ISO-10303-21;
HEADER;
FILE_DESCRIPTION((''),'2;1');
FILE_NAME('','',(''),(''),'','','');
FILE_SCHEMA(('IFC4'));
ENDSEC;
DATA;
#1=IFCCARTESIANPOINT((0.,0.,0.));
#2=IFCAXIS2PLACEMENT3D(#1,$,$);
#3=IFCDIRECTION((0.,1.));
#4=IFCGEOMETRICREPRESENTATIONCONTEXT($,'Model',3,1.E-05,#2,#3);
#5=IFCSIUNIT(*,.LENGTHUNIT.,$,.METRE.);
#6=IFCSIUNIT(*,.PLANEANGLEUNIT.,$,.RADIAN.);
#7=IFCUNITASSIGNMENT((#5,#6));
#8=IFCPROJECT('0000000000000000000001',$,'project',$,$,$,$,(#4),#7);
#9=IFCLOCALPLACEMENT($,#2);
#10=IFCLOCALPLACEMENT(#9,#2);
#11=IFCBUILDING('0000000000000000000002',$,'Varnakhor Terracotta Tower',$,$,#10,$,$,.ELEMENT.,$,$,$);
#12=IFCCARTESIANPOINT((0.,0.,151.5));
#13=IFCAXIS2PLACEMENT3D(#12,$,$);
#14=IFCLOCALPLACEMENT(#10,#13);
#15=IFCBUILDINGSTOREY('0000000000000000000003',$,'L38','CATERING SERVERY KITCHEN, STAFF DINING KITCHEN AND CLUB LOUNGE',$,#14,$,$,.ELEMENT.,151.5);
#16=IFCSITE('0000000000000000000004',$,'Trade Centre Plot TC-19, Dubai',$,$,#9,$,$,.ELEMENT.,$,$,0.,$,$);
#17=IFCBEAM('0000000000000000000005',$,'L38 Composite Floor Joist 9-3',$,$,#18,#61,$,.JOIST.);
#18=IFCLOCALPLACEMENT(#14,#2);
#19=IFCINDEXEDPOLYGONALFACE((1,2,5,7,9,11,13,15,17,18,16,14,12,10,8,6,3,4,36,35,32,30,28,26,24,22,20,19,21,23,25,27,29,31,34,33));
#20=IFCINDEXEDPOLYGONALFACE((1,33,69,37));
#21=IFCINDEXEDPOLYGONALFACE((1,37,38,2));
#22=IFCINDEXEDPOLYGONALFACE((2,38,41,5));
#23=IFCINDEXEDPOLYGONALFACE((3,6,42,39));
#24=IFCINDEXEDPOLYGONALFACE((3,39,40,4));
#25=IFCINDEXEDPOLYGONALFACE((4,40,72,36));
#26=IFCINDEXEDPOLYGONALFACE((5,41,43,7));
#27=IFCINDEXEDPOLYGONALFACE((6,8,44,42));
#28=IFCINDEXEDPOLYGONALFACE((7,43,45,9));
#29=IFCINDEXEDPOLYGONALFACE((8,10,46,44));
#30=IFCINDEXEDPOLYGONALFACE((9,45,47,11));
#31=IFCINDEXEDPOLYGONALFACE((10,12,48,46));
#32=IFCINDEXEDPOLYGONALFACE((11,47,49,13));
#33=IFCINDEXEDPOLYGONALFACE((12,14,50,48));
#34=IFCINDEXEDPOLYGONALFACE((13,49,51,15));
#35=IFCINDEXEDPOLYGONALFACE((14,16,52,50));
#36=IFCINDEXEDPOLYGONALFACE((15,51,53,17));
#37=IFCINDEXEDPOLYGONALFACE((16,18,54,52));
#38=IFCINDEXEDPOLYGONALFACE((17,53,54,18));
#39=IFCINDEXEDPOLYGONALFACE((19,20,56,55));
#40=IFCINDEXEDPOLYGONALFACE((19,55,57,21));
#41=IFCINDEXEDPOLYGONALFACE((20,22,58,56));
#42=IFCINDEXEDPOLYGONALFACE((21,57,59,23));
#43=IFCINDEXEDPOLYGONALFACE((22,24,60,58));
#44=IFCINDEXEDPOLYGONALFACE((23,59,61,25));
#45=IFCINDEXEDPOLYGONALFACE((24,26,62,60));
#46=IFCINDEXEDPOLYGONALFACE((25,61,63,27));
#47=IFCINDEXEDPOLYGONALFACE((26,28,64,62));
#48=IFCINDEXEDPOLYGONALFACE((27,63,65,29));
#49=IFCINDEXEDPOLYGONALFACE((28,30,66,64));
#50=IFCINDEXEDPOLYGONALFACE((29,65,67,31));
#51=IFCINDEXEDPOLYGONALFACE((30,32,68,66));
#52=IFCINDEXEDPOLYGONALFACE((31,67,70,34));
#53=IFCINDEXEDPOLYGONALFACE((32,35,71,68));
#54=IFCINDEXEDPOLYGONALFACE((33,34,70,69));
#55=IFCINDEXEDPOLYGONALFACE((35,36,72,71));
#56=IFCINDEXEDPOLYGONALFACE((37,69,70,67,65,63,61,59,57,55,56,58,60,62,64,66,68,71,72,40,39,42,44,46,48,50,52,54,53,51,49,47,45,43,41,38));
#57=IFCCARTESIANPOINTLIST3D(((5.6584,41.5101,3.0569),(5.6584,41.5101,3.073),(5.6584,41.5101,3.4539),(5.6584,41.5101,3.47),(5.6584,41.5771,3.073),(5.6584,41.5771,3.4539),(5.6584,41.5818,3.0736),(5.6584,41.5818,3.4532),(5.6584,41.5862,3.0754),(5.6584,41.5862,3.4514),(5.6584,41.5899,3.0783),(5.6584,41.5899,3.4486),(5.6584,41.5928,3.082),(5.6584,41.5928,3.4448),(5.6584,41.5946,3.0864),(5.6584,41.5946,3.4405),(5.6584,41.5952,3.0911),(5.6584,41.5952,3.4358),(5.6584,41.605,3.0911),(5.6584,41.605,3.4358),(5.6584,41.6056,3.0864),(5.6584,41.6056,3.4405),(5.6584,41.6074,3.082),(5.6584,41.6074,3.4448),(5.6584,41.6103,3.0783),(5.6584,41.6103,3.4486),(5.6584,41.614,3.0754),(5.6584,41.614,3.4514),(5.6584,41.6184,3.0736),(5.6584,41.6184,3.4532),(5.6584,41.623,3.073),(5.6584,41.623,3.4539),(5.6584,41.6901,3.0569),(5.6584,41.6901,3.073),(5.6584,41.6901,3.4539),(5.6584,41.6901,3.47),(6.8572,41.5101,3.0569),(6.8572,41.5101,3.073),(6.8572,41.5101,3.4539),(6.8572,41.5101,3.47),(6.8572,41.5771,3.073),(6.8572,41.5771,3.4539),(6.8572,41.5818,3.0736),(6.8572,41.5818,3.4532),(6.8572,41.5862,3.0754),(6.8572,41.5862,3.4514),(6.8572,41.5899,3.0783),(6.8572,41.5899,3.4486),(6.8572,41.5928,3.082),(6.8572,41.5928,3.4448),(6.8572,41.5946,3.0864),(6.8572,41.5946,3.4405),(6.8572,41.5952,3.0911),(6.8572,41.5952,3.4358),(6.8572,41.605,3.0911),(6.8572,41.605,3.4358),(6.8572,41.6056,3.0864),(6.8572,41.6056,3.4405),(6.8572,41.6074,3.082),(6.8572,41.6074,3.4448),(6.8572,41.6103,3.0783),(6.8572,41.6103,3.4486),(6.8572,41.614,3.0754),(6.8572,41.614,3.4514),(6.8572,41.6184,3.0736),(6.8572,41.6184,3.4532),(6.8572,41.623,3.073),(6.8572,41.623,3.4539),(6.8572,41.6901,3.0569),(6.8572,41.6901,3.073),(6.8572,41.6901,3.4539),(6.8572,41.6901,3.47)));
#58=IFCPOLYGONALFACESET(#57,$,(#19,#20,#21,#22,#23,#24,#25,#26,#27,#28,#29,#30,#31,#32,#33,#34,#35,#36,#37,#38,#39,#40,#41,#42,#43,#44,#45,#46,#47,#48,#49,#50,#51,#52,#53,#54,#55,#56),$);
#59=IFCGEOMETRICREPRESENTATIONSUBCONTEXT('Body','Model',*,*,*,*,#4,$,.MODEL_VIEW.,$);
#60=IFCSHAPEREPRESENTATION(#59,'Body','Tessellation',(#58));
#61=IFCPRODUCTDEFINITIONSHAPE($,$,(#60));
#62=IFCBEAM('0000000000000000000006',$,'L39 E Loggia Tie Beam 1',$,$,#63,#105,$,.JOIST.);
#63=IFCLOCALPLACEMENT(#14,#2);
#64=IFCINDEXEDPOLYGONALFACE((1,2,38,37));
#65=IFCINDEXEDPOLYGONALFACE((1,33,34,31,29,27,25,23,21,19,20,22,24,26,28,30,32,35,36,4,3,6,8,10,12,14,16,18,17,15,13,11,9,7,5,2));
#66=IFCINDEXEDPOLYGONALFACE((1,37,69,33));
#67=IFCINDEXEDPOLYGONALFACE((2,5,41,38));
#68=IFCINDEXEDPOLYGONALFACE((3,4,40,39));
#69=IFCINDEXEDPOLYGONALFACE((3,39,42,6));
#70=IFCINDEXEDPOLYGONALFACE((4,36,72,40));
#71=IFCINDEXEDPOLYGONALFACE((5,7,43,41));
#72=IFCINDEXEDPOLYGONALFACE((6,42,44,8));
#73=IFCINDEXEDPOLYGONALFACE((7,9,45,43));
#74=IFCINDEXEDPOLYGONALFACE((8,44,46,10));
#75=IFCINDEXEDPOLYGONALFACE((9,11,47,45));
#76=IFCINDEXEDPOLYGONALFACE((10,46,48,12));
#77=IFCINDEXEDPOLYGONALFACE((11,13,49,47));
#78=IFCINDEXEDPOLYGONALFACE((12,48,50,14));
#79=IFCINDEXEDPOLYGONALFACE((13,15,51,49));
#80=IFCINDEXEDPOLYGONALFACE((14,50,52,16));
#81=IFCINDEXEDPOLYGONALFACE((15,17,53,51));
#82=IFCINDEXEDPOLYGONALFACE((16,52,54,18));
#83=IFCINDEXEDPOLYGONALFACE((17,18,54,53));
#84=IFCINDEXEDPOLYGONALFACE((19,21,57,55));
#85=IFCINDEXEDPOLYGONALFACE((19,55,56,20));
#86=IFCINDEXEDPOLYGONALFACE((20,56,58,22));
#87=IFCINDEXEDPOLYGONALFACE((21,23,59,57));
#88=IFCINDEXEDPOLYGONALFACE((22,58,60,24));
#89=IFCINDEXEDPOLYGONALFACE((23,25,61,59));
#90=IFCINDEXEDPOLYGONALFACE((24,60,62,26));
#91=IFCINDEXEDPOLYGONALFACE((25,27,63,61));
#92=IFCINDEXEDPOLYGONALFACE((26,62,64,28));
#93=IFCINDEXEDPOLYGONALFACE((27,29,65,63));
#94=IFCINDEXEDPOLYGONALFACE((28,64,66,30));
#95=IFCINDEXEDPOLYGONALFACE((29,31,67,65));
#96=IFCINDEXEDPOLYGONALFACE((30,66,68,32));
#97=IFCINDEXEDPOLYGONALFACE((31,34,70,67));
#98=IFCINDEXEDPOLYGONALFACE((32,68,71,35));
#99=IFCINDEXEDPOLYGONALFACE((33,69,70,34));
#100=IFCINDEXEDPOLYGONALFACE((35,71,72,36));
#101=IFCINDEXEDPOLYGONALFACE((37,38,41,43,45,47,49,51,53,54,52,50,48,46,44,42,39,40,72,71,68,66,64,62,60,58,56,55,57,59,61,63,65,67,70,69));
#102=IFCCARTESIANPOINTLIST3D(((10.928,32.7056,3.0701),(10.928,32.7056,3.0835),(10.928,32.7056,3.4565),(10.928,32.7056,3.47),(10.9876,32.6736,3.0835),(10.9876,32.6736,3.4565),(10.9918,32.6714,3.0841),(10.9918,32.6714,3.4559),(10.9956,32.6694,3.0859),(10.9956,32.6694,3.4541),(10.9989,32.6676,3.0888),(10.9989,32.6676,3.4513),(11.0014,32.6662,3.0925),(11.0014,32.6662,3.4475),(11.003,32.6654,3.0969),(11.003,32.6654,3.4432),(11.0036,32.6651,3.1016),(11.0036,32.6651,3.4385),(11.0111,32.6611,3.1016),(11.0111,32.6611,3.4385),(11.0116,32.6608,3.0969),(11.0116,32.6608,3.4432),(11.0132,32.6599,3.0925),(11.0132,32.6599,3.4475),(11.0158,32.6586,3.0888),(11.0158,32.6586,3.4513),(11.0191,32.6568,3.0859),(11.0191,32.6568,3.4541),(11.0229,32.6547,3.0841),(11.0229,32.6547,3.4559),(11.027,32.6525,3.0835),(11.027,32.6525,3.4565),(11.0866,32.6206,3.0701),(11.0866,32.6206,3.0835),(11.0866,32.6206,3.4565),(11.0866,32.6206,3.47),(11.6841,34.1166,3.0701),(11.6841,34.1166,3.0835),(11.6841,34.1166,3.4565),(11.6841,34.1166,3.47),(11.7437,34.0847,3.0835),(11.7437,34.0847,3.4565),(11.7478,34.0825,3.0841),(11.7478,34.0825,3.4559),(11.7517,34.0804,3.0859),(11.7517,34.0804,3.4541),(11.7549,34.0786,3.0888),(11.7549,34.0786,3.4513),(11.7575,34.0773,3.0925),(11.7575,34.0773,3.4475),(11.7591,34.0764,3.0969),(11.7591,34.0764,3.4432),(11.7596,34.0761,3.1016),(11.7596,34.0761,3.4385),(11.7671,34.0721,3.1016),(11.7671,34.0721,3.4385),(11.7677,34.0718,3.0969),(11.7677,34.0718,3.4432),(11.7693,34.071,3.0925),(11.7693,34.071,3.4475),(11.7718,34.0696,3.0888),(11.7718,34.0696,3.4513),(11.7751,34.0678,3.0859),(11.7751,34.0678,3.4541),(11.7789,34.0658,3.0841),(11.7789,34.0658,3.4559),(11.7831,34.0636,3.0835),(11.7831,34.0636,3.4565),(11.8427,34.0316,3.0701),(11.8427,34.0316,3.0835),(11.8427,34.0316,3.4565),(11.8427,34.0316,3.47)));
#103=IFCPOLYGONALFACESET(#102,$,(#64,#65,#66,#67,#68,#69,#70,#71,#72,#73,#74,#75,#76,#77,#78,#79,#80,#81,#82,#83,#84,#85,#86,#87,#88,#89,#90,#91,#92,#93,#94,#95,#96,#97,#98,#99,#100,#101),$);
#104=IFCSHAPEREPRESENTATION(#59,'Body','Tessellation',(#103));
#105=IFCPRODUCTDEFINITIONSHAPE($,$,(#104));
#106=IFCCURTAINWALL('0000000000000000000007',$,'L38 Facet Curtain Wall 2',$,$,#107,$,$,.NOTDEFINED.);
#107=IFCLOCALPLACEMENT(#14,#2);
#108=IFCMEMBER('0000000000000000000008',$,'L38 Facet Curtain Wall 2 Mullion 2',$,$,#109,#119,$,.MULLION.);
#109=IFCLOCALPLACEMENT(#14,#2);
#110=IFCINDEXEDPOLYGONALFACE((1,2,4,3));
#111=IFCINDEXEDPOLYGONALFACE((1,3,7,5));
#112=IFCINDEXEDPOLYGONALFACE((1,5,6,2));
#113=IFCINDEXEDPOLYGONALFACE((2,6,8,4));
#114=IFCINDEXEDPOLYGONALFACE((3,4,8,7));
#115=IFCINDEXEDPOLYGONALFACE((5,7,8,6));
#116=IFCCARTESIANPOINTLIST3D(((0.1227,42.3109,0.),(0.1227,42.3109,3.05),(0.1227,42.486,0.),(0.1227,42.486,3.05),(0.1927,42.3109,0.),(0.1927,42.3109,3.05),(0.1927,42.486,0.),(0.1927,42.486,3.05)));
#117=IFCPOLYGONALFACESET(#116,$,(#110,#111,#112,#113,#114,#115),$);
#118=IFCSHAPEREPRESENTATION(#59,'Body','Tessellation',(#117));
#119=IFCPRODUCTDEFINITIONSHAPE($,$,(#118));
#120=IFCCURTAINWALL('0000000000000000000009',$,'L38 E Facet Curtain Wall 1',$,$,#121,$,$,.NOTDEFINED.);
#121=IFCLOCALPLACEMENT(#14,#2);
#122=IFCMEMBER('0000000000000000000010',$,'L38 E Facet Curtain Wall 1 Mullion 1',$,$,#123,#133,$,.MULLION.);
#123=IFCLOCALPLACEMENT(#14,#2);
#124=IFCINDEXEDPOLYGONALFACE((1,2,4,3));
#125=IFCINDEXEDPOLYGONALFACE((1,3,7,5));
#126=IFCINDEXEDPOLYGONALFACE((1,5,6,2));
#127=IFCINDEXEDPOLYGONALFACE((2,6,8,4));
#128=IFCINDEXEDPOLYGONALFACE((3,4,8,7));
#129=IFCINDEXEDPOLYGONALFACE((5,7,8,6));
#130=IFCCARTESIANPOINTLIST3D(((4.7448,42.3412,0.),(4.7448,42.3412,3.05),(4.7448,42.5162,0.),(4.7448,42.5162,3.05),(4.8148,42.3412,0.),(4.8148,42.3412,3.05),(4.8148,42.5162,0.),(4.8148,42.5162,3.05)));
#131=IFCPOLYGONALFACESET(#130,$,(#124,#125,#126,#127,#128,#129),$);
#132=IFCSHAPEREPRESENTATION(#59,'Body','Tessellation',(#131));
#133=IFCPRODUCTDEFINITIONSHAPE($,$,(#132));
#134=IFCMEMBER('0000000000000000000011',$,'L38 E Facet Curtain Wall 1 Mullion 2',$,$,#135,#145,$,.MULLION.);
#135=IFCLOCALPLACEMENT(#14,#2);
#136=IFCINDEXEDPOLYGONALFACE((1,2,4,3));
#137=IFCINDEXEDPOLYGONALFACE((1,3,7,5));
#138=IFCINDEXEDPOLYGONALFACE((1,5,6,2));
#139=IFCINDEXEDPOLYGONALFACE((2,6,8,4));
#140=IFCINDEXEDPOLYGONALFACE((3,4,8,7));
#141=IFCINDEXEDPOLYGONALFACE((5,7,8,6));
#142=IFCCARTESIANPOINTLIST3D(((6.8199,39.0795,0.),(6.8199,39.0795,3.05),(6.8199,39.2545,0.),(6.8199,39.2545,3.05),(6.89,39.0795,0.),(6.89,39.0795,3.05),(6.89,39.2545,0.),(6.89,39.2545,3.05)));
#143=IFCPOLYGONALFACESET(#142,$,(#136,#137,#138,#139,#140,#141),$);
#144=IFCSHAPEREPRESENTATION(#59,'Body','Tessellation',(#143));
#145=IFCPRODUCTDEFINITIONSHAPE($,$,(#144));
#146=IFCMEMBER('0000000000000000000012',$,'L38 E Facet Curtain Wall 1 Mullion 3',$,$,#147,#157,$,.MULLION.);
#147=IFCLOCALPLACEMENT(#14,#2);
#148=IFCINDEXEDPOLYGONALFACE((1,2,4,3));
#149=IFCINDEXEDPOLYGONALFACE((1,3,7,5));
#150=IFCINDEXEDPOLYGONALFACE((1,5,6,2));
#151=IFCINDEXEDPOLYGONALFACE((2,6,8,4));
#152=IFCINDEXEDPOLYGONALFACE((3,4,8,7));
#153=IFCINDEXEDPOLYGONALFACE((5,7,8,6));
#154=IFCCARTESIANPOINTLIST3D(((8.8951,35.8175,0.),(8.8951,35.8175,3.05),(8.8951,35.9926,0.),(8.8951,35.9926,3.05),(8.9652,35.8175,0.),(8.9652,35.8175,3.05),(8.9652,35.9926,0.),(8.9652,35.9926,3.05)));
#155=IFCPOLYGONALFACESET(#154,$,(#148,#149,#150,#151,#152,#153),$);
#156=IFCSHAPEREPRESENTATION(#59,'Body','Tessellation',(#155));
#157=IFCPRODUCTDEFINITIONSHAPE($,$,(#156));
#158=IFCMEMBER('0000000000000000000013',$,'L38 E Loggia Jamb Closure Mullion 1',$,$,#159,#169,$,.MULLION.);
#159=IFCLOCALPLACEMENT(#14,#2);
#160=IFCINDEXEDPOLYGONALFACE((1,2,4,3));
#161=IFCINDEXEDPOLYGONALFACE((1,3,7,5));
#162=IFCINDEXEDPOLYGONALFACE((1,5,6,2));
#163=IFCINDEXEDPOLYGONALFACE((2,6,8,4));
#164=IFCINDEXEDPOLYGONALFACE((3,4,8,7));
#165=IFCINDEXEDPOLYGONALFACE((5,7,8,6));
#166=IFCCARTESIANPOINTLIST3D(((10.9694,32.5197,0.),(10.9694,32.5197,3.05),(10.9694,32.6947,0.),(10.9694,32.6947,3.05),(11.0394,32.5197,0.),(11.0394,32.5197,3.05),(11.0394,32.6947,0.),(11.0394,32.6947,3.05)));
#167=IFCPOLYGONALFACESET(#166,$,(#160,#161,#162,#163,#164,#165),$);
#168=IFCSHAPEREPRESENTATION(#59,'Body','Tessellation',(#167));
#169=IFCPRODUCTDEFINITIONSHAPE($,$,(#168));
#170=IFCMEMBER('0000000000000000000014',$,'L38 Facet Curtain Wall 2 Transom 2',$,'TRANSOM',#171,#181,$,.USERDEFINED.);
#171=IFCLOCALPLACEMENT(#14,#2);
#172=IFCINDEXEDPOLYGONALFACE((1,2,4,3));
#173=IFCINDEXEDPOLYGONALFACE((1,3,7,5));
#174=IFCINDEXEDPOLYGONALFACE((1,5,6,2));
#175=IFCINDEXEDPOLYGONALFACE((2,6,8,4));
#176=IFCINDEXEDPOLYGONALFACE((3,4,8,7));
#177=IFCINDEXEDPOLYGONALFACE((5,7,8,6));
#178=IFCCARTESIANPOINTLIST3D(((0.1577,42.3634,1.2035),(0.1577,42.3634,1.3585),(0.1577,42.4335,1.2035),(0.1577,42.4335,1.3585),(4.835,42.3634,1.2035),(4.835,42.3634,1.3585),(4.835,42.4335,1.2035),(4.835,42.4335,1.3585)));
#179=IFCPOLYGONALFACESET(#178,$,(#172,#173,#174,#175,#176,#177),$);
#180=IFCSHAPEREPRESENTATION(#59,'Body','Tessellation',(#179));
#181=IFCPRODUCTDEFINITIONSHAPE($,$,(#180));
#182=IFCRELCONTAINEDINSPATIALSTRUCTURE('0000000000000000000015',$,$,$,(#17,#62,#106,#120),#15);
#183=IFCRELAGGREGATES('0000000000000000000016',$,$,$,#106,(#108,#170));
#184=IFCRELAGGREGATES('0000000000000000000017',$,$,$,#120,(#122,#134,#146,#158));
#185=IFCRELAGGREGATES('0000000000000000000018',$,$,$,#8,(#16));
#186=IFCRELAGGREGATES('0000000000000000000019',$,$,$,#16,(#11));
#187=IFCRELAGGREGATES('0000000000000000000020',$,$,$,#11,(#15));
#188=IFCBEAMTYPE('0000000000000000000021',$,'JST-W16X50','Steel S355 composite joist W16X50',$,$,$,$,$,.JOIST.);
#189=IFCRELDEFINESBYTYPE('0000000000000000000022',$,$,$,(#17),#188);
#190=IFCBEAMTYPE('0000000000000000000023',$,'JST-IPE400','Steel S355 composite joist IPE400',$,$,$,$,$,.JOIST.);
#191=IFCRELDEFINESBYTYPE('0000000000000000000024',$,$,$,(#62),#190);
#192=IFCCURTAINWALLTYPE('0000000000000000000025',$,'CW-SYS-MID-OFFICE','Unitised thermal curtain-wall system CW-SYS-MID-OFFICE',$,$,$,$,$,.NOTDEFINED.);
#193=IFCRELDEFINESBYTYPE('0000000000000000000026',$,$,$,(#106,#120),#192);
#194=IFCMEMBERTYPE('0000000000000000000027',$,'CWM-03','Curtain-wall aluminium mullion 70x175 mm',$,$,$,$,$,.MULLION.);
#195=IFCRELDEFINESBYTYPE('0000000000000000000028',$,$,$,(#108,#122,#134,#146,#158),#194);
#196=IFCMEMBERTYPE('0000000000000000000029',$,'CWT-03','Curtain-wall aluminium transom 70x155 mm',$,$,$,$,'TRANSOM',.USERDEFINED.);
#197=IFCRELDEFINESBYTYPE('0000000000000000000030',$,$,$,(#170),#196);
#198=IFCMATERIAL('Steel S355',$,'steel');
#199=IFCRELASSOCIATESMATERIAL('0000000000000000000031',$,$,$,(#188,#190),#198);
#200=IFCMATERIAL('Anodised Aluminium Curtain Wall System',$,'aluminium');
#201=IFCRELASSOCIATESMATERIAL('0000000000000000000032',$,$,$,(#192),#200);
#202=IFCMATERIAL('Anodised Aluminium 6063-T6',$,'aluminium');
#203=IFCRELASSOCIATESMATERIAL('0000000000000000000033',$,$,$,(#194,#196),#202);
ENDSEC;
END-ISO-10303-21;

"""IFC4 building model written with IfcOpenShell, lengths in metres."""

from ifc_helpers import new_model, si_unit, direction, frame, origin, origin_2d, place, context, subcontext, project, spatial, rectangle, i_section, extrude, source, transform, mapped, material, material_profile, profile_set, type_object, element, aggregate, save


model = new_model("IFC4")

# Units and contexts
model_context = context("Model", 3, precision=1e-05, world=origin(), true_north=direction((0.0, 1.0)))
body_context = subcontext(model_context, "Body", "Model", "MODEL_VIEW")
ifc_project = project(units=[si_unit("LENGTHUNIT", "METRE"), si_unit("PLANEANGLEUNIT", "RADIAN")], contexts=[model_context])

# Site, building, storey
site_placement = place(None, origin())
site = spatial("IfcSite", under=ifc_project, at=site_placement, Name="Trade Centre Plot TC-19, Dubai", CompositionType="ELEMENT", RefElevation=0.0)
building_placement = place(site_placement, origin())
building = spatial("IfcBuilding", under=site, at=building_placement, Name="Varnakhor Terracotta Tower", CompositionType="ELEMENT")
storey_placement = place(building_placement, frame((0.0, 0.0, 151.5)))
storey = spatial("IfcBuildingStorey", under=building, at=storey_placement, Name="L38", Description="CATERING SERVERY KITCHEN, STAFF DINING KITCHEN AND CLUB LOUNGE", CompositionType="ELEMENT", Elevation=151.5)

# Beams
ifc_material_1 = material(Name="Steel S355", Category="steel")
ifc_material_profile_1 = material_profile(ifc_material_1, i_section(OverallWidth=0.1799, OverallDepth=0.4131, WebThickness=0.0098, FlangeThickness=0.0161, FilletRadius=0.0181, at=origin_2d()), Name="W16X50")
ifc_profile_set_1 = profile_set([ifc_material_profile_1], Name="Steel S355")
beam_type_1 = type_object("IfcBeamType", Name="JST-W16X50", Description="Steel S355 composite joist W16X50", PredefinedType="JOIST", material=ifc_profile_set_1)
shared_shape_1 = source(origin(), body_context, "Body", "SweptSolid", [
    extrude(i_section(OverallWidth=0.1799, OverallDepth=0.4131, WebThickness=0.0098, FlangeThickness=0.0161, FilletRadius=0.0181, at=origin_2d()), origin(), (0.0, 0.0, 1.0), 1.1987),
])
beam_1_placement = place(storey_placement, frame((5.6584, 41.6001, 3.2634), z_axis=(1.0, 0.0, 0.0), x_axis=(0.0, 1.0, 0.0)))
element("IfcBeam", 1, at=beam_1_placement, inside=storey, type_object=beam_type_1, Name="L38 Composite Floor Joist 9-3", PredefinedType="JOIST", context=body_context, shape_type="MappedRepresentation", body=[
    mapped(shared_shape_1, transform((0.0, 0.0, 0.0), scale=1.0)),
])
ifc_material_profile_2 = material_profile(ifc_material_1, i_section(OverallWidth=0.1799, OverallDepth=0.3999, WebThickness=0.0085, FlangeThickness=0.0134, FilletRadius=0.0181, at=origin_2d()), Name="IPE400")
ifc_profile_set_2 = profile_set([ifc_material_profile_2], Name="Steel S355")
beam_type_2 = type_object("IfcBeamType", Name="JST-IPE400", Description="Steel S355 composite joist IPE400", PredefinedType="JOIST", material=ifc_profile_set_2)
shared_shape_2 = source(origin(), body_context, "Body", "SweptSolid", [
    extrude(i_section(OverallWidth=0.1799, OverallDepth=0.3999, WebThickness=0.0085, FlangeThickness=0.0134, FilletRadius=0.0181, at=origin_2d()), origin(), (0.0, 0.0, 1.0), 1.6008),
])
beam_2_placement = place(storey_placement, frame((11.0073, 32.6631, 3.27), z_axis=(0.472289, 0.881444, 0.0), x_axis=(-0.881444, 0.472289, 0.0)))
element("IfcBeam", 2, at=beam_2_placement, inside=storey, type_object=beam_type_2, Name="L39 E Loggia Tie Beam 1", PredefinedType="JOIST", context=body_context, shape_type="MappedRepresentation", body=[
    mapped(shared_shape_2, transform((0.0, 0.0, 0.0), scale=1.0)),
])

# Curtain wall, member
ifc_material_2 = material(Name="Anodised Aluminium Curtain Wall System", Category="aluminium")
curtain_wall_type = type_object("IfcCurtainWallType", Name="CW-SYS-MID-OFFICE", Description="Unitised thermal curtain-wall system CW-SYS-MID-OFFICE", PredefinedType="NOTDEFINED", material=ifc_material_2)
curtain_wall_1_placement = place(storey_placement, origin())
curtain_wall_1 = element("IfcCurtainWall", 3, at=curtain_wall_1_placement, inside=storey, type_object=curtain_wall_type, Name="L38 Facet Curtain Wall 2", PredefinedType="NOTDEFINED")
ifc_material_3 = material(Name="Anodised Aluminium 6063-T6", Category="aluminium")
ifc_material_profile_3 = material_profile(ifc_material_3, rectangle(XDim=0.0701, YDim=0.175, at=origin_2d()), Name="ALU MULLION 70x175")
ifc_profile_set_3 = profile_set([ifc_material_profile_3], Name="Anodised Aluminium 6063-T6")
member_type_1 = type_object("IfcMemberType", Name="CWM-03", Description="Curtain-wall aluminium mullion 70x175 mm", PredefinedType="MULLION", material=ifc_profile_set_3)
shared_shape_3 = source(origin(), body_context, "Body", "SweptSolid", [
    extrude(rectangle(XDim=0.0701, YDim=0.175, at=origin_2d()), origin(), (0.0, 0.0, 1.0), 3.05),
])
member_1_placement = place(storey_placement, frame((0.1577, 42.3984, 0.0), z_axis=(0.0, 0.0, 1.0), x_axis=(1.0, 0.0, 0.0)))
member_1 = element("IfcMember", 4, at=member_1_placement, type_object=member_type_1, Name="L38 Facet Curtain Wall 2 Mullion 2", PredefinedType="MULLION", context=body_context, shape_type="MappedRepresentation", body=[
    mapped(shared_shape_3, transform((0.0, 0.0, 0.0), scale=1.0)),
])

# Curtain wall, members
curtain_wall_2_placement = place(storey_placement, origin())
curtain_wall_2 = element("IfcCurtainWall", 5, at=curtain_wall_2_placement, inside=storey, type_object=curtain_wall_type, Name="L38 E Facet Curtain Wall 1", PredefinedType="NOTDEFINED")
member_2_placement = place(storey_placement, frame((4.7798, 42.4287, 0.0), z_axis=(0.0, 0.0, 1.0), x_axis=(1.0, 0.0, 0.0)))
member_2 = element("IfcMember", 6, at=member_2_placement, type_object=member_type_1, Name="L38 E Facet Curtain Wall 1 Mullion 1", PredefinedType="MULLION", context=body_context, shape_type="MappedRepresentation", body=[
    mapped(shared_shape_3, transform((0.0, 0.0, 0.0), scale=1.0)),
])
member_3_placement = place(storey_placement, frame((6.855, 39.167, 0.0), z_axis=(0.0, 0.0, 1.0), x_axis=(1.0, 0.0, 0.0)))
member_3 = element("IfcMember", 7, at=member_3_placement, type_object=member_type_1, Name="L38 E Facet Curtain Wall 1 Mullion 2", PredefinedType="MULLION", context=body_context, shape_type="MappedRepresentation", body=[
    mapped(shared_shape_3, transform((0.0, 0.0, 0.0), scale=1.0)),
])
member_4_placement = place(storey_placement, frame((8.9302, 35.905, 0.0), z_axis=(0.0, 0.0, 1.0), x_axis=(1.0, 0.0, 0.0)))
member_4 = element("IfcMember", 8, at=member_4_placement, type_object=member_type_1, Name="L38 E Facet Curtain Wall 1 Mullion 3", PredefinedType="MULLION", context=body_context, shape_type="MappedRepresentation", body=[
    mapped(shared_shape_3, transform((0.0, 0.0, 0.0), scale=1.0)),
])
member_5_placement = place(storey_placement, frame((11.0044, 32.6072, 0.0), z_axis=(0.0, 0.0, 1.0), x_axis=(1.0, 0.0, 0.0)))
member_5 = element("IfcMember", 9, at=member_5_placement, type_object=member_type_1, Name="L38 E Loggia Jamb Closure Mullion 1", PredefinedType="MULLION", context=body_context, shape_type="MappedRepresentation", body=[
    mapped(shared_shape_3, transform((0.0, 0.0, 0.0), scale=1.0)),
])

# Member
ifc_material_profile_4 = material_profile(ifc_material_3, rectangle(XDim=0.0701, YDim=0.155, at=origin_2d()), Name="ALU TRANSOM 70x155")
ifc_profile_set_4 = profile_set([ifc_material_profile_4], Name="Anodised Aluminium 6063-T6")
member_type_2 = type_object("IfcMemberType", Name="CWT-03", Description="Curtain-wall aluminium transom 70x155 mm", ElementType="TRANSOM", PredefinedType="USERDEFINED", material=ifc_profile_set_4)
shared_shape_4 = source(origin(), body_context, "Body", "SweptSolid", [
    extrude(rectangle(XDim=0.0701, YDim=0.155, at=origin_2d()), origin(), (0.0, 0.0, 1.0), 4.6772),
])
member_6_placement = place(storey_placement, frame((0.1577, 42.3984, 1.281), z_axis=(1.0, 0.0, 0.0), x_axis=(0.0, 1.0, 0.0)))
member_6 = element("IfcMember", 10, at=member_6_placement, type_object=member_type_2, Name="L38 Facet Curtain Wall 2 Transom 2", ObjectType="TRANSOM", PredefinedType="USERDEFINED", context=body_context, shape_type="MappedRepresentation", body=[
    mapped(shared_shape_4, transform((0.0, 0.0, 0.0), scale=1.0)),
])

aggregate(curtain_wall_1, [member_1, member_6])
aggregate(curtain_wall_2, [member_2, member_3, member_4, member_5])

save(model, "model.ifc")
